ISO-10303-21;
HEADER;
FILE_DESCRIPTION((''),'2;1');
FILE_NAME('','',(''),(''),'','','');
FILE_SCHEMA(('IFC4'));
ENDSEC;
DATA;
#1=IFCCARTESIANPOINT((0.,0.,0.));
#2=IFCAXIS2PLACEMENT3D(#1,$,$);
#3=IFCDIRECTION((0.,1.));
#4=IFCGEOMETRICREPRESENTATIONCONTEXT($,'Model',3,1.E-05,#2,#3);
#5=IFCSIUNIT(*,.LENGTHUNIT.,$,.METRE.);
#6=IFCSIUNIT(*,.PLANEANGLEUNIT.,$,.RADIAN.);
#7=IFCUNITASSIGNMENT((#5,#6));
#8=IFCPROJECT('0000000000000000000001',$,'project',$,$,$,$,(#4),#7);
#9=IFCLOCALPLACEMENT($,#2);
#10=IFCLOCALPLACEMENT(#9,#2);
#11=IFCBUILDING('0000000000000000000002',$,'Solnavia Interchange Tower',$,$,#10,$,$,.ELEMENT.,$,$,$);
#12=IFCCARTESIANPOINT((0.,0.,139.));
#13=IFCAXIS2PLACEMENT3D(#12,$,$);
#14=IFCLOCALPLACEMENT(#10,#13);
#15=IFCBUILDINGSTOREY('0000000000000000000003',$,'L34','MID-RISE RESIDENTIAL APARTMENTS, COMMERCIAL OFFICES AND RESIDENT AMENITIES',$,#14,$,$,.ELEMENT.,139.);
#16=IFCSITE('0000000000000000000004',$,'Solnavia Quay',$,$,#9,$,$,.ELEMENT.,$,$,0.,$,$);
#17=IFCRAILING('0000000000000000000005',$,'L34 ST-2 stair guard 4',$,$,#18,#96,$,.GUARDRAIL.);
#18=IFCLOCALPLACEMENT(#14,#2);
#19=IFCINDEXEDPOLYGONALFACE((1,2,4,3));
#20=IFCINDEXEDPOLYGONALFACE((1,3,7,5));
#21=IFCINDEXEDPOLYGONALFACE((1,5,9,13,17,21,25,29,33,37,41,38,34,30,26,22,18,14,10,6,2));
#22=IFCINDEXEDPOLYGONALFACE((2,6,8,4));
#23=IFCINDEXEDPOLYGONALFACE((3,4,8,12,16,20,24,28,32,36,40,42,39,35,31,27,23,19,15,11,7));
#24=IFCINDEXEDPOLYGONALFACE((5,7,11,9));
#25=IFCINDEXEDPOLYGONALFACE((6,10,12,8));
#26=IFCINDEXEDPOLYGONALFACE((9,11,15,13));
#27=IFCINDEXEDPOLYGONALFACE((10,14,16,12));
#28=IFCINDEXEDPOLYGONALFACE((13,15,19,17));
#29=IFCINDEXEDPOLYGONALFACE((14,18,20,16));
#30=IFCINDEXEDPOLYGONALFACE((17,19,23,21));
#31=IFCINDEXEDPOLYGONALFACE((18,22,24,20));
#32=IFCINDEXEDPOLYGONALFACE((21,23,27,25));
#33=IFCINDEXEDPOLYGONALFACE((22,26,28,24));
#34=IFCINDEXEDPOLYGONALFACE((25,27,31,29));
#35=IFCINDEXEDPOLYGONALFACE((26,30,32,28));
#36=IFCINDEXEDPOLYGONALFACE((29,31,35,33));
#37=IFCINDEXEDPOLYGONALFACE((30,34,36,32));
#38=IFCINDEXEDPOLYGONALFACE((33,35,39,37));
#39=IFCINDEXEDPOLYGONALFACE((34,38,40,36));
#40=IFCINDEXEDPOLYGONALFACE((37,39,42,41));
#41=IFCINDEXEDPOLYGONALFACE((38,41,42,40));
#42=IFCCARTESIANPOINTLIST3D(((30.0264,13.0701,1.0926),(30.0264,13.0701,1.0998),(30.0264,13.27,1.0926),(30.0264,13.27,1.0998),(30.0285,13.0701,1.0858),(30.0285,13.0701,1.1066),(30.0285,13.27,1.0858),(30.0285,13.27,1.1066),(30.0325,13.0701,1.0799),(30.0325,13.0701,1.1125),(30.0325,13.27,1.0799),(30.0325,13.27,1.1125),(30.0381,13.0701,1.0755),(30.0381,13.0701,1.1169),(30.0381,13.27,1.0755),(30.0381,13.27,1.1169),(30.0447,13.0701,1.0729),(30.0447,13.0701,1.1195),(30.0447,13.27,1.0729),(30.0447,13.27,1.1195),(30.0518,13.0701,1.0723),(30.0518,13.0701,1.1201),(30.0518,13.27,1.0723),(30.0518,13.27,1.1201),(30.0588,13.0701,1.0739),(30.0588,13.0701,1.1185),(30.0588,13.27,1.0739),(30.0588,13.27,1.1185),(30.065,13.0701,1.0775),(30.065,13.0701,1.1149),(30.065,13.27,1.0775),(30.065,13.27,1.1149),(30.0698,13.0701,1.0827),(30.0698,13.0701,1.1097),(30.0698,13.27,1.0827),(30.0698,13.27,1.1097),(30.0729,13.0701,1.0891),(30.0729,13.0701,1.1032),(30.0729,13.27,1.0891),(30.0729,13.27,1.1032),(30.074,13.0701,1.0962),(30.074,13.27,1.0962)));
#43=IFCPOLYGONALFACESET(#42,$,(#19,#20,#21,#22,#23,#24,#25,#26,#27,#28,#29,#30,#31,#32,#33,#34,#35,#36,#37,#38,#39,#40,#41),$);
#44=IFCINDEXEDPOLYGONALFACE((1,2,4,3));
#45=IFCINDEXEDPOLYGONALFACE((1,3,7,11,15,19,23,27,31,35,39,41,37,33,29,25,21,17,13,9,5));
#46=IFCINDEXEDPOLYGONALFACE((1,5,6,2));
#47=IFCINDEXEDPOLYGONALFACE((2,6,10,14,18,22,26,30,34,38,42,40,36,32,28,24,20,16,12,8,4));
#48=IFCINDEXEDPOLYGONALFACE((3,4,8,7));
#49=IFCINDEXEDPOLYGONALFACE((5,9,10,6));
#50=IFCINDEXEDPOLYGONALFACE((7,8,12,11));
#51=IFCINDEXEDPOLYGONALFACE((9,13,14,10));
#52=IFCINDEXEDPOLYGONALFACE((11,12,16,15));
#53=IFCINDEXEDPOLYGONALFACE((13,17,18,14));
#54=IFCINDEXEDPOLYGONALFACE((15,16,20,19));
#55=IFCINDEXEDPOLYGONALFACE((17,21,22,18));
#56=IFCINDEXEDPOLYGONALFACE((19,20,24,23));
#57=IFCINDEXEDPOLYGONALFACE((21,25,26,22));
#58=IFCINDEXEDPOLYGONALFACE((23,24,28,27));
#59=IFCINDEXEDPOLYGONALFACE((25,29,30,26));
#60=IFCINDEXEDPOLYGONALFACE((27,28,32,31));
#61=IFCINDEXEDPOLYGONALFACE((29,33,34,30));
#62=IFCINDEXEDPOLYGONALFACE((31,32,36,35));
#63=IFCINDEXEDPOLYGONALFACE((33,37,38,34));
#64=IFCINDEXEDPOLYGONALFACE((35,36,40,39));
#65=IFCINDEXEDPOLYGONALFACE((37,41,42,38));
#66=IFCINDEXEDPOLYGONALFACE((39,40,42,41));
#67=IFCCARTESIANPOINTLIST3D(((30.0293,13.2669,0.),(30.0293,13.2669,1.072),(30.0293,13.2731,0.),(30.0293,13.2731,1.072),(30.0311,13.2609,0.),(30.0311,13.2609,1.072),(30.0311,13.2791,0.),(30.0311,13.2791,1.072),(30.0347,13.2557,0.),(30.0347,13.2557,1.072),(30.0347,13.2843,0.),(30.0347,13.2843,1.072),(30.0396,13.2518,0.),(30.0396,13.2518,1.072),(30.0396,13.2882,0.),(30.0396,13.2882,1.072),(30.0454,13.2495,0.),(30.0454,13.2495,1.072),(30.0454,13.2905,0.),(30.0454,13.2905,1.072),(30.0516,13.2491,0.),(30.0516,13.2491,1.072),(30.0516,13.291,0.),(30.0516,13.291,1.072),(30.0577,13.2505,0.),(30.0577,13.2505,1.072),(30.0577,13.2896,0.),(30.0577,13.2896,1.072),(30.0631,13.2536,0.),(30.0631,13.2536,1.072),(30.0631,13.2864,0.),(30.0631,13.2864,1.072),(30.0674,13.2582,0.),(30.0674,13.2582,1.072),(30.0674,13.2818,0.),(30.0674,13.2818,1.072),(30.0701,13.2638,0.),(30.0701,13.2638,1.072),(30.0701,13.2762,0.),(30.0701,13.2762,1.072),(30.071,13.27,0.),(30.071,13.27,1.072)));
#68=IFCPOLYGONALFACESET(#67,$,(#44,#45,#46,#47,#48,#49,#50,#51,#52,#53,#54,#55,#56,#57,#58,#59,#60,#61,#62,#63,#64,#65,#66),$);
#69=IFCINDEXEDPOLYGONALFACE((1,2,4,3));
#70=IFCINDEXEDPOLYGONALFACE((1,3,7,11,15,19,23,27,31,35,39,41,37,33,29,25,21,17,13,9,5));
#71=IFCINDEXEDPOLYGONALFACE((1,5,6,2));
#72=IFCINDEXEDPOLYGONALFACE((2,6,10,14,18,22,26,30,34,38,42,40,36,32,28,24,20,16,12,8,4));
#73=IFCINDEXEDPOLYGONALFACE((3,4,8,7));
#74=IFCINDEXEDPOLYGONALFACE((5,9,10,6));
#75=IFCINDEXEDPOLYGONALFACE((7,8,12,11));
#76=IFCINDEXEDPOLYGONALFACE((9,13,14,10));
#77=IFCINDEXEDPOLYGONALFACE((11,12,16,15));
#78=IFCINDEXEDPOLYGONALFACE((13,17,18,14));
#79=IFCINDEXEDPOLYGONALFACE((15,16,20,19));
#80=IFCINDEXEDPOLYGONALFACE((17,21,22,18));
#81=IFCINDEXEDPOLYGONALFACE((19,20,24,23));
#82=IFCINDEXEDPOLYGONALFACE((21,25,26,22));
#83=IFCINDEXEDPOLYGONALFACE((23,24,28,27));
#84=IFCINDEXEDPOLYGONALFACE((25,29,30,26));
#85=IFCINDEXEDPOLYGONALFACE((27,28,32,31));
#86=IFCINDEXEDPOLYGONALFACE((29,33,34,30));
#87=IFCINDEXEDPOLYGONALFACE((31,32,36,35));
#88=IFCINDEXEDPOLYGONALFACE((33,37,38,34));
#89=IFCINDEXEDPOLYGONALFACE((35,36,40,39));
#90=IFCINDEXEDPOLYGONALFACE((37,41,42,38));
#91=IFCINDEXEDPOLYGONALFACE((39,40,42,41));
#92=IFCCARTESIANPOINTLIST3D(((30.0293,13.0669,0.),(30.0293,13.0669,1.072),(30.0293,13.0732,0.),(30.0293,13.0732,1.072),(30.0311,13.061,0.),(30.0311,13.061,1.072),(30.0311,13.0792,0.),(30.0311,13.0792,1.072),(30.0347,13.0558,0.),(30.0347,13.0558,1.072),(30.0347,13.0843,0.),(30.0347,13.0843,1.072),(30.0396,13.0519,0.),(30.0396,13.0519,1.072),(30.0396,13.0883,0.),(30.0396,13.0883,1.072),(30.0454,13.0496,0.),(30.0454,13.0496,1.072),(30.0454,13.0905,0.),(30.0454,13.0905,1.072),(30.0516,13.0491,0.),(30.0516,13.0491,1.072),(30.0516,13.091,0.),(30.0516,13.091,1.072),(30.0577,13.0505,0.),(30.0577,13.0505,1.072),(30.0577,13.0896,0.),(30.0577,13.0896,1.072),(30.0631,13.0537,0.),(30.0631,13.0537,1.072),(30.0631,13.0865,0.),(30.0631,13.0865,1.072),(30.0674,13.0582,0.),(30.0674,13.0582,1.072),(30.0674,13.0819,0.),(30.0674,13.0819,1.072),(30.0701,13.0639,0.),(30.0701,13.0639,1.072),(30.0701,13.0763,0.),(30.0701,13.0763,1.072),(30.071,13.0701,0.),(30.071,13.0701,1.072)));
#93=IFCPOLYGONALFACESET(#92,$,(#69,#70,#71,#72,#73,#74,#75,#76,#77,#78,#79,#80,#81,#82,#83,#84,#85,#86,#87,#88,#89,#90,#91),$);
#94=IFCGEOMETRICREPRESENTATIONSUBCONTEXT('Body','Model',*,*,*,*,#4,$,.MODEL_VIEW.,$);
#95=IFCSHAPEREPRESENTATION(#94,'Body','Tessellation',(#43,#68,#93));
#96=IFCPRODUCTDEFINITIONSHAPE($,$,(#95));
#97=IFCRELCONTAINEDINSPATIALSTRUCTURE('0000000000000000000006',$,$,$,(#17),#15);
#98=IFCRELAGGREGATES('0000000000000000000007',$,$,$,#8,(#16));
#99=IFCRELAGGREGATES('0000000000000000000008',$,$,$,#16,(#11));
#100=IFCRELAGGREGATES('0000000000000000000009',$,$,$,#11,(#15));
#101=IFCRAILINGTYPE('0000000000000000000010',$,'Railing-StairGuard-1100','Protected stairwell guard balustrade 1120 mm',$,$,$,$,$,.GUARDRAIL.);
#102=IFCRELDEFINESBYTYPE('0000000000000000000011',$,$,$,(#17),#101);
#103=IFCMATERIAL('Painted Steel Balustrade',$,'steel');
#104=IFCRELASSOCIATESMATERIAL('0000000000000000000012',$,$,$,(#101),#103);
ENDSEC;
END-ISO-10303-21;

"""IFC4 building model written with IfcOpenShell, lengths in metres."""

from ifc_helpers import new_model, si_unit, direction, frame, origin, origin_2d, place, context, subcontext, project, spatial, circle, extrude, material, type_object, element, save


model = new_model("IFC4")

# Units and contexts
model_context = context("Model", 3, precision=1e-05, world=origin(), true_north=direction((0.0, 1.0)))
body_context = subcontext(model_context, "Body", "Model", "MODEL_VIEW")
ifc_project = project(units=[si_unit("LENGTHUNIT", "METRE"), si_unit("PLANEANGLEUNIT", "RADIAN")], contexts=[model_context])

# Site, building, storey
site_placement = place(None, origin())
site = spatial("IfcSite", under=ifc_project, at=site_placement, Name="Solnavia Quay", CompositionType="ELEMENT", RefElevation=0.0)
building_placement = place(site_placement, origin())
building = spatial("IfcBuilding", under=site, at=building_placement, Name="Solnavia Interchange Tower", CompositionType="ELEMENT")
storey_placement = place(building_placement, frame((0.0, 0.0, 139.0)))
storey = spatial("IfcBuildingStorey", under=building, at=storey_placement, Name="L34", Description="MID-RISE RESIDENTIAL APARTMENTS, COMMERCIAL OFFICES AND RESIDENT AMENITIES", CompositionType="ELEMENT", Elevation=139.0)

# Railing
ifc_material_1 = material(Name="Painted Steel Balustrade", Category="steel")
railing_type_1 = type_object("IfcRailingType", Name="Railing-StairGuard-1100", Description="Protected stairwell guard balustrade 1120 mm", PredefinedType="GUARDRAIL", material=ifc_material_1)
railing_1_placement = place(storey_placement, frame((30.05, 13.27, 0.0)))
element("IfcRailing", 1, at=railing_1_placement, inside=storey, type_object=railing_type_1, Name="L34 ST-2 stair guard 4", PredefinedType="GUARDRAIL", context=body_context, shape_type="SweptSolid", body=[
    extrude(circle(Radius=0.0239, at=origin_2d()), frame((0.0, 0.0, 1.0962), z_axis=(0.0, -1.0, 0.0), x_axis=(1.0, 0.0, 0.0)), (0.0, 0.0, 1.0), 0.2),
    extrude(circle(Radius=0.021, at=origin_2d()), origin(), (0.0, 0.0, 1.0), 1.072),
    extrude(circle(Radius=0.021, at=origin_2d()), frame((0.0, -0.2, 0.0)), (0.0, 0.0, 1.0), 1.072),
])

save(model, "model.ifc")
